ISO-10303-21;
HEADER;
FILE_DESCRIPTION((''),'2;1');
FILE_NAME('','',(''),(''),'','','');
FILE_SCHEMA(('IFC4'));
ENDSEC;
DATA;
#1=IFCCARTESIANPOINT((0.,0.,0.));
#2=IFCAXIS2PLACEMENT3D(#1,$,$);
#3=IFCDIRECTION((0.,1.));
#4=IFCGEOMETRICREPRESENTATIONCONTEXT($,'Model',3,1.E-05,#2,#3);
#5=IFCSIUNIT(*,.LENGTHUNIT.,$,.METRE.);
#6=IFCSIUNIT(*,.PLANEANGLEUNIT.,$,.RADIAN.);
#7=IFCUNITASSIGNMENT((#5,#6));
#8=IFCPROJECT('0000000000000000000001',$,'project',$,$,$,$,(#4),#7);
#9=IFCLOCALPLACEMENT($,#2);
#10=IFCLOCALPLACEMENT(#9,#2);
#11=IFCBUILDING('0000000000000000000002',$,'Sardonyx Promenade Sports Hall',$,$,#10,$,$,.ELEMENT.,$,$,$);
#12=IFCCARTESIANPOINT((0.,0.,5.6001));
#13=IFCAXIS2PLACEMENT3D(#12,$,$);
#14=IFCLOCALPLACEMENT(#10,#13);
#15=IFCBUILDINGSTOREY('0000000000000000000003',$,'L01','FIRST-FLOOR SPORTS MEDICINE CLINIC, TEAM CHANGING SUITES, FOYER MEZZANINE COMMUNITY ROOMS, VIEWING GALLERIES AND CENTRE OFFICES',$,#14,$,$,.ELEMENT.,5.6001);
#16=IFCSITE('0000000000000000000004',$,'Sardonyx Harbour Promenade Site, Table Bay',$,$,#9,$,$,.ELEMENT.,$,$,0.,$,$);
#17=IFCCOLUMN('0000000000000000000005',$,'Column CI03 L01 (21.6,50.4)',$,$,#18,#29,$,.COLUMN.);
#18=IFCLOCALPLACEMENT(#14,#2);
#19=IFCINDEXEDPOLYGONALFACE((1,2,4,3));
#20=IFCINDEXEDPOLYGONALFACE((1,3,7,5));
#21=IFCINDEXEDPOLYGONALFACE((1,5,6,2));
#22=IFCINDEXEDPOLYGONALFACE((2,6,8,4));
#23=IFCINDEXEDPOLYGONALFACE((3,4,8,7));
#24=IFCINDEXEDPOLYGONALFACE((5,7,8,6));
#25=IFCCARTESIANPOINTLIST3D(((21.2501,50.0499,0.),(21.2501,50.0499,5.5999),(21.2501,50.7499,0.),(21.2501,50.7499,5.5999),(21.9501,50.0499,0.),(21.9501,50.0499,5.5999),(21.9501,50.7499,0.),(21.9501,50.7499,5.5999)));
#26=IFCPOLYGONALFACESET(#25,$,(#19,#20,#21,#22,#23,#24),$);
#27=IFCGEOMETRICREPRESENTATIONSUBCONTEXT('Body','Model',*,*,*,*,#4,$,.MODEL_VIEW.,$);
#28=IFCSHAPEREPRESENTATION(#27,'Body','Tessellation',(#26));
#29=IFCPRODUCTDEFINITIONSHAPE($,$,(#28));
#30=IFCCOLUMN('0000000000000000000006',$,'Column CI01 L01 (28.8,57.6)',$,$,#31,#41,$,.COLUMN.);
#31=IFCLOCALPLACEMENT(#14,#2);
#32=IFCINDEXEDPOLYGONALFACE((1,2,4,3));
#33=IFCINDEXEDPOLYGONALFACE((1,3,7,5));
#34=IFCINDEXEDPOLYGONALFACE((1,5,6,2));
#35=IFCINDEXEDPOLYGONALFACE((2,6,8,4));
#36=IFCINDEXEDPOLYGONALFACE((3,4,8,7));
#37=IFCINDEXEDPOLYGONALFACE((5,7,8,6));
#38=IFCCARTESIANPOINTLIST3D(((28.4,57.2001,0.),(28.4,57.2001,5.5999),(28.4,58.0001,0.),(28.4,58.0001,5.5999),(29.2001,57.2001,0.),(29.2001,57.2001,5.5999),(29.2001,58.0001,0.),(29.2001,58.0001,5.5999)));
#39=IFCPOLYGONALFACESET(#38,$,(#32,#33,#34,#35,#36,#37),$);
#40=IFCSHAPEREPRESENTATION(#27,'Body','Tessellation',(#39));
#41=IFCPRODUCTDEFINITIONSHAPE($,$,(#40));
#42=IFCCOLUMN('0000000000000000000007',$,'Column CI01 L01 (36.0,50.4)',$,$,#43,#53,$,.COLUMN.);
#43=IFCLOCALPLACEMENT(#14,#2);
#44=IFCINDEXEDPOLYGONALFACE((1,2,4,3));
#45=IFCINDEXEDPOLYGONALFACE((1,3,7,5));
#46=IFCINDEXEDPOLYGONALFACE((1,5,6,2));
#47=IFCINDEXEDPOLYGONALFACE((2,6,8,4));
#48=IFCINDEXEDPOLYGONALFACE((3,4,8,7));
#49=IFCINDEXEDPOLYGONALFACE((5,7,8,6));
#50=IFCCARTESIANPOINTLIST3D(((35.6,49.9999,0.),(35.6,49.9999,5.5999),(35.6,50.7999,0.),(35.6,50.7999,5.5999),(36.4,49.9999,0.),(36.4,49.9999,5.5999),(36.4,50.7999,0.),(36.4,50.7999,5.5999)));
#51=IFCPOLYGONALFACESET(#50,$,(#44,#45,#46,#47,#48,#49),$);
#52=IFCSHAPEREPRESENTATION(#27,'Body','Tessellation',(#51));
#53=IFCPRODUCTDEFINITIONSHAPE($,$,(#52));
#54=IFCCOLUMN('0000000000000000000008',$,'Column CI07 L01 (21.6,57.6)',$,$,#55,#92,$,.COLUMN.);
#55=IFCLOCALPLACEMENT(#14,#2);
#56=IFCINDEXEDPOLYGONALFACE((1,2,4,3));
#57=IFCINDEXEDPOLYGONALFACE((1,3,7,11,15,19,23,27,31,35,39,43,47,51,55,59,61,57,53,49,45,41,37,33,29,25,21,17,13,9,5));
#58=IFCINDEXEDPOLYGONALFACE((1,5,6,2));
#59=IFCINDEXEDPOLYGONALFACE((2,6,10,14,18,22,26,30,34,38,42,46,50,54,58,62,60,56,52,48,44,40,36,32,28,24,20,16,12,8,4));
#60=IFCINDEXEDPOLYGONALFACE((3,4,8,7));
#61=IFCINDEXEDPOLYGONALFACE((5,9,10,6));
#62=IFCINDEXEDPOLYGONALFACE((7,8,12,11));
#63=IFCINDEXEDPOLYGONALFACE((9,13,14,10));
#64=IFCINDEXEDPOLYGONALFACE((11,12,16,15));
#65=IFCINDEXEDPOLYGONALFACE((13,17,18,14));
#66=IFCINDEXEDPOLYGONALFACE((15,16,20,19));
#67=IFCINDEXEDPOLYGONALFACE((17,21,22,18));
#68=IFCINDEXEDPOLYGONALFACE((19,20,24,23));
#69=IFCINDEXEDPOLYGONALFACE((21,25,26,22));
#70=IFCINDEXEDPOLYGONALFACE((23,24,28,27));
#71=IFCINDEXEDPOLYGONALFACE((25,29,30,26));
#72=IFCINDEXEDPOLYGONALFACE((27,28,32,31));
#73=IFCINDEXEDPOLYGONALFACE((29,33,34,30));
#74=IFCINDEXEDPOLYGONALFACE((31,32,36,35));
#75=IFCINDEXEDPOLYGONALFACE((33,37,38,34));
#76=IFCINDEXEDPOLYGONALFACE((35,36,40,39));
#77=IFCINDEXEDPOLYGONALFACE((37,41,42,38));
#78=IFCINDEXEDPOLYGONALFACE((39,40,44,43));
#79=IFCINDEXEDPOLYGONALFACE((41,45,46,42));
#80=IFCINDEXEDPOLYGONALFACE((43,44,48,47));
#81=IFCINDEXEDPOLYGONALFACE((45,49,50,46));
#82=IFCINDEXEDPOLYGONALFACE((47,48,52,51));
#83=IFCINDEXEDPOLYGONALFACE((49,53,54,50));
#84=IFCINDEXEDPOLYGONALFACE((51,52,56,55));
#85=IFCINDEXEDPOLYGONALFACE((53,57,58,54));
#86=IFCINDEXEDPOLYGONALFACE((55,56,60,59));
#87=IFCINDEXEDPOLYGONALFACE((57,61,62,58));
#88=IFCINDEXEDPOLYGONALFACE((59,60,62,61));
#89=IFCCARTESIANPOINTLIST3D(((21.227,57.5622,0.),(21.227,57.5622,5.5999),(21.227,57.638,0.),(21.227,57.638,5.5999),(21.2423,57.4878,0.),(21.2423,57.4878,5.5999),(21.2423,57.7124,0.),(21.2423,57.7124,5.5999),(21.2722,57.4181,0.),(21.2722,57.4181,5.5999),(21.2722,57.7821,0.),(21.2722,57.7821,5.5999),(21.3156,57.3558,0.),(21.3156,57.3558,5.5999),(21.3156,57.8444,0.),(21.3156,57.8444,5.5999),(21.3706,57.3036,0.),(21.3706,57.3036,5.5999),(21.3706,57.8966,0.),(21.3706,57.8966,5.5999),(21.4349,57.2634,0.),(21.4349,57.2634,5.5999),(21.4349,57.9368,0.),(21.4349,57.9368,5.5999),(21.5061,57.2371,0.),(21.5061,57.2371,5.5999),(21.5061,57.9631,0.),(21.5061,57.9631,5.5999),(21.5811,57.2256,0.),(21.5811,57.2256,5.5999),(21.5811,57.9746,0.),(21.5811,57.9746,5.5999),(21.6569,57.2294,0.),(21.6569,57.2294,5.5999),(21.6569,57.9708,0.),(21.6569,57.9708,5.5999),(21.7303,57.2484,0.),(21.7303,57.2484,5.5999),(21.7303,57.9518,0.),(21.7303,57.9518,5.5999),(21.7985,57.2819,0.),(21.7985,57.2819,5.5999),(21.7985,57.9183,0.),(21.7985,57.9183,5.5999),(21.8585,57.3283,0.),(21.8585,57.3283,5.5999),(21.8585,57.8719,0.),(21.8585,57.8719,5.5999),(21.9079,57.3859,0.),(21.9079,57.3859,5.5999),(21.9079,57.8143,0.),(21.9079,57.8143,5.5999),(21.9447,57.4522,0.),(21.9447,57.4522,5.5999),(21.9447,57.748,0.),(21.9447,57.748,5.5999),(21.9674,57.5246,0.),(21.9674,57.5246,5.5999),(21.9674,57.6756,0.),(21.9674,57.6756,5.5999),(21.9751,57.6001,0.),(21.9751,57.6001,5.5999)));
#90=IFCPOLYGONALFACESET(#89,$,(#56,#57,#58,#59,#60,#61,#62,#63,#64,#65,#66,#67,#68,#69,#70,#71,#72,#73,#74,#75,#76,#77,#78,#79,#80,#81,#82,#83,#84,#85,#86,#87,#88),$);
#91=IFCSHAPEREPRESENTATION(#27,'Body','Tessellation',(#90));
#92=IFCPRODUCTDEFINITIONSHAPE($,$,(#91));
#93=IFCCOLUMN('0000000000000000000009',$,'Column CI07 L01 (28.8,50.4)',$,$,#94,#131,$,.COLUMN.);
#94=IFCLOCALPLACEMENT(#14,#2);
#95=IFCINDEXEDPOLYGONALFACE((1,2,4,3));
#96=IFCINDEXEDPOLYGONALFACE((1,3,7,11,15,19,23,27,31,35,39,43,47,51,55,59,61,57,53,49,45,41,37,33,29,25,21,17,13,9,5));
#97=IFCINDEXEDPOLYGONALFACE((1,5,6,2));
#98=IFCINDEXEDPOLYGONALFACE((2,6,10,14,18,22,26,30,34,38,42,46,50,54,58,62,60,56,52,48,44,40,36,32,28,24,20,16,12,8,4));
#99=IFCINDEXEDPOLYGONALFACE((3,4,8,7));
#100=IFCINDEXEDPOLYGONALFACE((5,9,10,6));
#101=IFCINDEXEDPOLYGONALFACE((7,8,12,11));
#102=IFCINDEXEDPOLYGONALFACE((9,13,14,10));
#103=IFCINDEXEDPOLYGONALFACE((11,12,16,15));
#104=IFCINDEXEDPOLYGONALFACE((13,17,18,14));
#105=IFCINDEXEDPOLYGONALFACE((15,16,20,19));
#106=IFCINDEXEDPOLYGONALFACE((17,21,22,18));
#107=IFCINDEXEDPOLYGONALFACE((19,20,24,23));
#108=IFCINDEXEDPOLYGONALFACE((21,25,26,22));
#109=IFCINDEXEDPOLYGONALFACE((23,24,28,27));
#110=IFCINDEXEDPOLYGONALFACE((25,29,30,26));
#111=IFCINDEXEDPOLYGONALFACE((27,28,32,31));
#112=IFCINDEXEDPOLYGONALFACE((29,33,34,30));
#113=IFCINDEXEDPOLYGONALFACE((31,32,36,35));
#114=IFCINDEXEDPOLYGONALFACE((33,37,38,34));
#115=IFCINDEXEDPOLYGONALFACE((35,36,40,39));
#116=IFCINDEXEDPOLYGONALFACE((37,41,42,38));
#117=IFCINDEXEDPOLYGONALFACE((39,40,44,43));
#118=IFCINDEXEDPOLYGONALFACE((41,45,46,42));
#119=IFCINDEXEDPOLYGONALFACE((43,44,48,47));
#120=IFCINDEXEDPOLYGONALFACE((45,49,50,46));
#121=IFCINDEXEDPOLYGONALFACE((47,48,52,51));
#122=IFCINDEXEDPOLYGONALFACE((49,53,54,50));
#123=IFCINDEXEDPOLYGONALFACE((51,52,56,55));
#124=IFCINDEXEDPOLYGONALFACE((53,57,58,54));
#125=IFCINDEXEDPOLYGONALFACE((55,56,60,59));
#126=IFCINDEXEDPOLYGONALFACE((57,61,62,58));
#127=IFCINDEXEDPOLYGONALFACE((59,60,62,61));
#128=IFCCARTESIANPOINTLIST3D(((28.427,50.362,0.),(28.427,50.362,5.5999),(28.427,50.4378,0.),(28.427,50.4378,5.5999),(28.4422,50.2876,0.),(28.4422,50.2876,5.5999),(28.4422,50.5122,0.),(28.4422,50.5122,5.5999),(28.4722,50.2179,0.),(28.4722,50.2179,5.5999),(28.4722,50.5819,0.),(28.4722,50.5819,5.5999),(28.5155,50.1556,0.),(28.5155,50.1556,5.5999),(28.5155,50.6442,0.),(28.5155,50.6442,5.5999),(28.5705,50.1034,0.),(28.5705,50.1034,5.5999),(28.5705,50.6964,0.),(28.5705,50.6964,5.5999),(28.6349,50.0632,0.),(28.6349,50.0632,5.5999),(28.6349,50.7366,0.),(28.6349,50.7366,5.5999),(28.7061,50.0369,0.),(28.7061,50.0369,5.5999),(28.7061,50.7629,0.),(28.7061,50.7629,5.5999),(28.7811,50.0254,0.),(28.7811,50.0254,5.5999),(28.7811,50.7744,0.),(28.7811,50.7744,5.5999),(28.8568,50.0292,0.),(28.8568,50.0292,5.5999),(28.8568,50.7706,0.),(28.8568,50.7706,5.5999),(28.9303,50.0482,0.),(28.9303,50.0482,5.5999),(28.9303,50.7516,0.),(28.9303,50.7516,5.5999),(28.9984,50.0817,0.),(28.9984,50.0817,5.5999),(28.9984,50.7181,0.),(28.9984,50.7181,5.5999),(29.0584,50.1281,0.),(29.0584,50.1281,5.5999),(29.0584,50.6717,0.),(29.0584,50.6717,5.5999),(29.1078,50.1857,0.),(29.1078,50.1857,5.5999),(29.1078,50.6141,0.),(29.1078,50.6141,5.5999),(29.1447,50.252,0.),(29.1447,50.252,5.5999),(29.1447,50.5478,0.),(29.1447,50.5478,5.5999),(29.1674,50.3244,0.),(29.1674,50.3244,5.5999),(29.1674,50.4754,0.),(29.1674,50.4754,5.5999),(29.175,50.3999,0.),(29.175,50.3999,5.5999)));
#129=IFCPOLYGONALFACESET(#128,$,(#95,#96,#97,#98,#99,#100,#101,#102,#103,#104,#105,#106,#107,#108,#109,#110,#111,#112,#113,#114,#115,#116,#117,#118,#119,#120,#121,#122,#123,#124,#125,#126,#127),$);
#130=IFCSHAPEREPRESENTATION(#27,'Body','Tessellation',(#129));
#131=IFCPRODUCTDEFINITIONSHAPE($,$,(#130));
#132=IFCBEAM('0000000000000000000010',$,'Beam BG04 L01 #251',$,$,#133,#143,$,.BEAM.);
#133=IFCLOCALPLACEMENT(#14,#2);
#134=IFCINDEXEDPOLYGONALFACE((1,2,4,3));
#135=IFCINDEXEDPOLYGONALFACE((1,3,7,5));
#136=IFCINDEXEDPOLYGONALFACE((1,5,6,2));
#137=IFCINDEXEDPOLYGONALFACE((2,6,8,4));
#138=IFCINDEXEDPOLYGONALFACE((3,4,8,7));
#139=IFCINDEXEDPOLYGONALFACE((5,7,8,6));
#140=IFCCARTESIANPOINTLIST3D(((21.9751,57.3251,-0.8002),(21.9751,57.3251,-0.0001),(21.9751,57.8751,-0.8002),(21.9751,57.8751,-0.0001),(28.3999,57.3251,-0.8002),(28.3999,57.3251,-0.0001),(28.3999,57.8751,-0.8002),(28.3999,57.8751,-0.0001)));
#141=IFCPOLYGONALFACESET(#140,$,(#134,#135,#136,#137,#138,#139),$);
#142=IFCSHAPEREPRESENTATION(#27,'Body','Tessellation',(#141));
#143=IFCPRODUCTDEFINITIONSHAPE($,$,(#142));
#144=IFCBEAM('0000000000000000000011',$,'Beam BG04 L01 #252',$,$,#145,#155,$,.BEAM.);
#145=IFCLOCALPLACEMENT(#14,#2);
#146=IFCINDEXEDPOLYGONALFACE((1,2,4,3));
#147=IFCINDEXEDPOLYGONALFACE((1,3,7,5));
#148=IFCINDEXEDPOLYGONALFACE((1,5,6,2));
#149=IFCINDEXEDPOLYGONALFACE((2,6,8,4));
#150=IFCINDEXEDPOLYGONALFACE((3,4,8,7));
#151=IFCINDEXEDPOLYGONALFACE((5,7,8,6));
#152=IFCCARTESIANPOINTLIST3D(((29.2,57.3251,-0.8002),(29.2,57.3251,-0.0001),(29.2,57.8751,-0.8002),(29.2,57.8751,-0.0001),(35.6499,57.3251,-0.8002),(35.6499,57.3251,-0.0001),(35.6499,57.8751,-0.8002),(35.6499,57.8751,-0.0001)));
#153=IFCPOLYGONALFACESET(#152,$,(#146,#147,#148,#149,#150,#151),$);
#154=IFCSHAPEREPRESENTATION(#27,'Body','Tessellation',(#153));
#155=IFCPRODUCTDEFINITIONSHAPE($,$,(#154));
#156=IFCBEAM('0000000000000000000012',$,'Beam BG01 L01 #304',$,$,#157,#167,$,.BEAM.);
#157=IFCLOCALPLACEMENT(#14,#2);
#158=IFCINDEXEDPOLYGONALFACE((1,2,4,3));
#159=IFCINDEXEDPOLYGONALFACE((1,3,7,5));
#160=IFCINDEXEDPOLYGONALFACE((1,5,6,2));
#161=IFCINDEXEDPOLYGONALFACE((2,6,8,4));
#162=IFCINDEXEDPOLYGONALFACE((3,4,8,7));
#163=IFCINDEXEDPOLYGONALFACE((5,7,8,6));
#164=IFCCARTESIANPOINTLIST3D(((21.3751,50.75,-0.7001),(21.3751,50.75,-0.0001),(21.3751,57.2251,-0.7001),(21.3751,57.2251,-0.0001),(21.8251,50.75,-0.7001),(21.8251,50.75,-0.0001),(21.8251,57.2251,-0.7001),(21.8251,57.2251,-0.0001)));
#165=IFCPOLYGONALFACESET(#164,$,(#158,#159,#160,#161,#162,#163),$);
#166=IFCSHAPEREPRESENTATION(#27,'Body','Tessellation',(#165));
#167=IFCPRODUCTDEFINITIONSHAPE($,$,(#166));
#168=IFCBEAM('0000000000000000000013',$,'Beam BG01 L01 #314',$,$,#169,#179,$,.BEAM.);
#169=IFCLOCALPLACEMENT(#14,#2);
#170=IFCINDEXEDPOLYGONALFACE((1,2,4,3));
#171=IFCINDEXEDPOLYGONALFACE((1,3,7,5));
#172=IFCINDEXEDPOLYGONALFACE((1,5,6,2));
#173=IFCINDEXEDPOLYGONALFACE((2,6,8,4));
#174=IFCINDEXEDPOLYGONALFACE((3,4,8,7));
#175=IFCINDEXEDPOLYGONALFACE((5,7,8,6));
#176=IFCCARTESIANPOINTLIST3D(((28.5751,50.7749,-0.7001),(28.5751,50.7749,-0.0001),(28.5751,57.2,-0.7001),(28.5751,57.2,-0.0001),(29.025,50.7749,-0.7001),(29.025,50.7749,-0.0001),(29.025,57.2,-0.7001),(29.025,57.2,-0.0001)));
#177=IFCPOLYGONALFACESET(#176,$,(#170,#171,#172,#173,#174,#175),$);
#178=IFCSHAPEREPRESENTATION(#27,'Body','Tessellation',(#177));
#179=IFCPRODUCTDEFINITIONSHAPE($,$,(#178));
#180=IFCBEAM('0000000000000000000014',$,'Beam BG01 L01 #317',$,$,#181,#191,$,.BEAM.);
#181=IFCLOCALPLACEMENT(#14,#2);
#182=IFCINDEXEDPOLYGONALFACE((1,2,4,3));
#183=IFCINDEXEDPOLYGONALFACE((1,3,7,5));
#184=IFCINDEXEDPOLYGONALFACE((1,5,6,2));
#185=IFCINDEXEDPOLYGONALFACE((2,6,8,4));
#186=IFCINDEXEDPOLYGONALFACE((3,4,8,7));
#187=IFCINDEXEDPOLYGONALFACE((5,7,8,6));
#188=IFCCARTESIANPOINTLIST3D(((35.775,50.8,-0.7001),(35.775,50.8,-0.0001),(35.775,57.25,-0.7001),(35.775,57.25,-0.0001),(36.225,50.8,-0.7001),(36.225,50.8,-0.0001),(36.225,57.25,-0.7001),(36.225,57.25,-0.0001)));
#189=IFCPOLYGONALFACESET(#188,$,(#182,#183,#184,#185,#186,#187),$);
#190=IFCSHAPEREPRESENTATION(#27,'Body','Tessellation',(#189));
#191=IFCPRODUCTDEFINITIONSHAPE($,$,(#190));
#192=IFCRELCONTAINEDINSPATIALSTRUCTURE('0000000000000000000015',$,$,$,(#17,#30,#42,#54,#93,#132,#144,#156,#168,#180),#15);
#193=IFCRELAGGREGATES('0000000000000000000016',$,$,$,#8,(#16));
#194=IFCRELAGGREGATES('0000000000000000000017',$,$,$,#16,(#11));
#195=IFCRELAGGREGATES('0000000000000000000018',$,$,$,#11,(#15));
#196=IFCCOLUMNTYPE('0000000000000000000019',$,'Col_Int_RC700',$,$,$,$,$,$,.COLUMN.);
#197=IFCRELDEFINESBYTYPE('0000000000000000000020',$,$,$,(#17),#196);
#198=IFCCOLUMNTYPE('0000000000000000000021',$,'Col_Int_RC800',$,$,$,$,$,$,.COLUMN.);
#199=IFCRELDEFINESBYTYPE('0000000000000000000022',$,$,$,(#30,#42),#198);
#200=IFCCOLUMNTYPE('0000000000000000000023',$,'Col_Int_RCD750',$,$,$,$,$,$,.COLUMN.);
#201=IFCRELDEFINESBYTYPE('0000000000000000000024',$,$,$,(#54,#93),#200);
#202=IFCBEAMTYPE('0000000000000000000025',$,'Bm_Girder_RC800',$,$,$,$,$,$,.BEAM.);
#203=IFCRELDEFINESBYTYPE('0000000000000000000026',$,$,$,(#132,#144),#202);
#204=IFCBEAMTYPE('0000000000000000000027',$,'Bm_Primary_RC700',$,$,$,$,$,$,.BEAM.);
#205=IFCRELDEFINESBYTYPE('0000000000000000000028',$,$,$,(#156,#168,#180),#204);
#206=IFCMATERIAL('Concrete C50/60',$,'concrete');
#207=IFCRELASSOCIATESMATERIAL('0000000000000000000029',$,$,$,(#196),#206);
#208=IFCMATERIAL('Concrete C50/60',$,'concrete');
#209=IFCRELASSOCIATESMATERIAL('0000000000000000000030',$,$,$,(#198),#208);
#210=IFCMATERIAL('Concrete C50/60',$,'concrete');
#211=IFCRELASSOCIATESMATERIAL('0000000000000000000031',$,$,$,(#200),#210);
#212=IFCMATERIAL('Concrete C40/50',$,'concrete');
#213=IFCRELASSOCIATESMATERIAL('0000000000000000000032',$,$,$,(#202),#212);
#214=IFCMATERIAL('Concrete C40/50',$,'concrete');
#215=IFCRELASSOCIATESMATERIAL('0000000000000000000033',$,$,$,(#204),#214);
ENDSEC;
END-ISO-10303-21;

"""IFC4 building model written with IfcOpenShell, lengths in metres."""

from ifc_helpers import new_model, si_unit, direction, frame, origin, origin_2d, place, context, subcontext, project, spatial, rectangle, circle, extrude, material, material_profile, profile_set, type_object, element, save


model = new_model("IFC4")

# Units and contexts
model_context = context("Model", 3, precision=1e-05, world=origin(), true_north=direction((0.0, 1.0)))
body_context = subcontext(model_context, "Body", "Model", "MODEL_VIEW")
ifc_project = project(units=[si_unit("LENGTHUNIT", "METRE"), si_unit("PLANEANGLEUNIT", "RADIAN")], contexts=[model_context])

# Site, building, storey
site_placement = place(None, origin())
site = spatial("IfcSite", under=ifc_project, at=site_placement, Name="Sardonyx Harbour Promenade Site, Table Bay", CompositionType="ELEMENT", RefElevation=0.0)
building_placement = place(site_placement, origin())
building = spatial("IfcBuilding", under=site, at=building_placement, Name="Sardonyx Promenade Sports Hall", CompositionType="ELEMENT")
storey_placement = place(building_placement, frame((0.0, 0.0, 5.6001)))
storey = spatial("IfcBuildingStorey", under=building, at=storey_placement, Name="L01", Description="FIRST-FLOOR SPORTS MEDICINE CLINIC, TEAM CHANGING SUITES, FOYER MEZZANINE COMMUNITY ROOMS, VIEWING GALLERIES AND CENTRE OFFICES", CompositionType="ELEMENT", Elevation=5.6001)

# Columns
ifc_material_1 = material(Name="Concrete C50/60", Category="concrete")
ifc_material_profile_1 = material_profile(ifc_material_1, rectangle(XDim=0.7, YDim=0.7, at=origin_2d()))
ifc_profile_set_1 = profile_set([ifc_material_profile_1], Name="Concrete C50/60")
column_type_1 = type_object("IfcColumnType", Name="Col_Int_RC700", PredefinedType="COLUMN", material=ifc_profile_set_1)
column_placement = place(storey_placement, frame((21.6001, 50.3999, 0.0), z_axis=(0.0, 0.0, 1.0), x_axis=(1.0, 0.0, 0.0)))
element("IfcColumn", 1, at=column_placement, inside=storey, type_object=column_type_1, Name="Column CI03 L01 (21.6,50.4)", PredefinedType="COLUMN", context=body_context, shape_type="SweptSolid", body=[
    extrude(rectangle(XDim=0.7, YDim=0.7, at=origin_2d()), origin(), (0.0, 0.0, 1.0), 5.5999),
])
ifc_material_2 = material(Name="Concrete C50/60", Category="concrete")
ifc_material_profile_2 = material_profile(ifc_material_2, rectangle(XDim=0.8, YDim=0.8, at=origin_2d()))
ifc_profile_set_2 = profile_set([ifc_material_profile_2], Name="Concrete C50/60")
column_type_2 = type_object("IfcColumnType", Name="Col_Int_RC800", PredefinedType="COLUMN", material=ifc_profile_set_2)
for number, where, z_axis, x_axis, name in (
    (2, (28.8, 57.6001, 0.0), (0.0, 0.0, 1.0), (1.0, 0.0, 0.0), "Column CI01 L01 (28.8,57.6)"),
    (3, (36.0, 50.3999, 0.0), (0.0, 0.0, 1.0), (1.0, 0.0, 0.0), "Column CI01 L01 (36.0,50.4)"),
):
    element("IfcColumn", number, at=place(storey_placement, frame(where, z_axis=z_axis, x_axis=x_axis)), inside=storey, type_object=column_type_2, Name=name, PredefinedType="COLUMN", context=body_context, shape_type="SweptSolid", body=[
        extrude(rectangle(XDim=0.8, YDim=0.8, at=origin_2d()), origin(), (0.0, 0.0, 1.0), 5.5999),
    ])
ifc_material_3 = material(Name="Concrete C50/60", Category="concrete")
ifc_material_profile_3 = material_profile(ifc_material_3, circle(Radius=0.375, at=origin_2d()))
ifc_profile_set_3 = profile_set([ifc_material_profile_3], Name="Concrete C50/60")
column_type_3 = type_object("IfcColumnType", Name="Col_Int_RCD750", PredefinedType="COLUMN", material=ifc_profile_set_3)
for number, where, z_axis, x_axis, name in (
    (4, (21.6001, 57.6001, 0.0), (0.0, 0.0, 1.0), (1.0, 0.0, 0.0), "Column CI07 L01 (21.6,57.6)"),
    (5, (28.8, 50.3999, 0.0), (0.0, 0.0, 1.0), (1.0, 0.0, 0.0), "Column CI07 L01 (28.8,50.4)"),
):
    element("IfcColumn", number, at=place(storey_placement, frame(where, z_axis=z_axis, x_axis=x_axis)), inside=storey, type_object=column_type_3, Name=name, PredefinedType="COLUMN", context=body_context, shape_type="SweptSolid", body=[
        extrude(circle(Radius=0.375, at=origin_2d()), origin(), (0.0, 0.0, 1.0), 5.5999),
    ])

# Beams
ifc_material_4 = material(Name="Concrete C40/50", Category="concrete")
ifc_material_profile_4 = material_profile(ifc_material_4, rectangle(XDim=0.55, YDim=0.8, at=origin_2d()))
ifc_profile_set_4 = profile_set([ifc_material_profile_4], Name="Concrete C40/50")
beam_type_1 = type_object("IfcBeamType", Name="Bm_Girder_RC800", PredefinedType="BEAM", material=ifc_profile_set_4)
beam_1_placement = place(storey_placement, frame((21.9751, 57.6001, -0.4001), z_axis=(1.0, 0.0, 0.0), x_axis=(0.0, 1.0, 0.0)))
element("IfcBeam", 6, at=beam_1_placement, inside=storey, type_object=beam_type_1, Name="Beam BG04 L01 #251", PredefinedType="BEAM", context=body_context, shape_type="SweptSolid", body=[
    extrude(rectangle(XDim=0.55, YDim=0.8, at=origin_2d()), origin(), (0.0, 0.0, 1.0), 6.4248),
])
beam_2_placement = place(storey_placement, frame((29.2, 57.6001, -0.4001), z_axis=(1.0, 0.0, 0.0), x_axis=(0.0, 1.0, 0.0)))
element("IfcBeam", 7, at=beam_2_placement, inside=storey, type_object=beam_type_1, Name="Beam BG04 L01 #252", PredefinedType="BEAM", context=body_context, shape_type="SweptSolid", body=[
    extrude(rectangle(XDim=0.55, YDim=0.8, at=origin_2d()), origin(), (0.0, 0.0, 1.0), 6.45),
])
ifc_material_5 = material(Name="Concrete C40/50", Category="concrete")
ifc_material_profile_5 = material_profile(ifc_material_5, rectangle(XDim=0.45, YDim=0.7, at=origin_2d()))
ifc_profile_set_5 = profile_set([ifc_material_profile_5], Name="Concrete C40/50")
beam_type_2 = type_object("IfcBeamType", Name="Bm_Primary_RC700", PredefinedType="BEAM", material=ifc_profile_set_5)
beam_3_placement = place(storey_placement, frame((21.6001, 50.75, -0.3501), z_axis=(0.0, 1.0, 0.0), x_axis=(-1.0, 0.0, 0.0)))
element("IfcBeam", 8, at=beam_3_placement, inside=storey, type_object=beam_type_2, Name="Beam BG01 L01 #304", PredefinedType="BEAM", context=body_context, shape_type="SweptSolid", body=[
    extrude(rectangle(XDim=0.45, YDim=0.7, at=origin_2d()), origin(), (0.0, 0.0, 1.0), 6.4751),
])
beam_4_placement = place(storey_placement, frame((28.8, 50.7749, -0.3501), z_axis=(0.0, 1.0, 0.0), x_axis=(-1.0, 0.0, 0.0)))
element("IfcBeam", 9, at=beam_4_placement, inside=storey, type_object=beam_type_2, Name="Beam BG01 L01 #314", PredefinedType="BEAM", context=body_context, shape_type="SweptSolid", body=[
    extrude(rectangle(XDim=0.45, YDim=0.7, at=origin_2d()), origin(), (0.0, 0.0, 1.0), 6.425),
])
beam_5_placement = place(storey_placement, frame((36.0, 50.8, -0.3501), z_axis=(0.0, 1.0, 0.0), x_axis=(-1.0, 0.0, 0.0)))
element("IfcBeam", 10, at=beam_5_placement, inside=storey, type_object=beam_type_2, Name="Beam BG01 L01 #317", PredefinedType="BEAM", context=body_context, shape_type="SweptSolid", body=[
    extrude(rectangle(XDim=0.45, YDim=0.7, at=origin_2d()), origin(), (0.0, 0.0, 1.0), 6.45),
])

save(model, "model.ifc")
